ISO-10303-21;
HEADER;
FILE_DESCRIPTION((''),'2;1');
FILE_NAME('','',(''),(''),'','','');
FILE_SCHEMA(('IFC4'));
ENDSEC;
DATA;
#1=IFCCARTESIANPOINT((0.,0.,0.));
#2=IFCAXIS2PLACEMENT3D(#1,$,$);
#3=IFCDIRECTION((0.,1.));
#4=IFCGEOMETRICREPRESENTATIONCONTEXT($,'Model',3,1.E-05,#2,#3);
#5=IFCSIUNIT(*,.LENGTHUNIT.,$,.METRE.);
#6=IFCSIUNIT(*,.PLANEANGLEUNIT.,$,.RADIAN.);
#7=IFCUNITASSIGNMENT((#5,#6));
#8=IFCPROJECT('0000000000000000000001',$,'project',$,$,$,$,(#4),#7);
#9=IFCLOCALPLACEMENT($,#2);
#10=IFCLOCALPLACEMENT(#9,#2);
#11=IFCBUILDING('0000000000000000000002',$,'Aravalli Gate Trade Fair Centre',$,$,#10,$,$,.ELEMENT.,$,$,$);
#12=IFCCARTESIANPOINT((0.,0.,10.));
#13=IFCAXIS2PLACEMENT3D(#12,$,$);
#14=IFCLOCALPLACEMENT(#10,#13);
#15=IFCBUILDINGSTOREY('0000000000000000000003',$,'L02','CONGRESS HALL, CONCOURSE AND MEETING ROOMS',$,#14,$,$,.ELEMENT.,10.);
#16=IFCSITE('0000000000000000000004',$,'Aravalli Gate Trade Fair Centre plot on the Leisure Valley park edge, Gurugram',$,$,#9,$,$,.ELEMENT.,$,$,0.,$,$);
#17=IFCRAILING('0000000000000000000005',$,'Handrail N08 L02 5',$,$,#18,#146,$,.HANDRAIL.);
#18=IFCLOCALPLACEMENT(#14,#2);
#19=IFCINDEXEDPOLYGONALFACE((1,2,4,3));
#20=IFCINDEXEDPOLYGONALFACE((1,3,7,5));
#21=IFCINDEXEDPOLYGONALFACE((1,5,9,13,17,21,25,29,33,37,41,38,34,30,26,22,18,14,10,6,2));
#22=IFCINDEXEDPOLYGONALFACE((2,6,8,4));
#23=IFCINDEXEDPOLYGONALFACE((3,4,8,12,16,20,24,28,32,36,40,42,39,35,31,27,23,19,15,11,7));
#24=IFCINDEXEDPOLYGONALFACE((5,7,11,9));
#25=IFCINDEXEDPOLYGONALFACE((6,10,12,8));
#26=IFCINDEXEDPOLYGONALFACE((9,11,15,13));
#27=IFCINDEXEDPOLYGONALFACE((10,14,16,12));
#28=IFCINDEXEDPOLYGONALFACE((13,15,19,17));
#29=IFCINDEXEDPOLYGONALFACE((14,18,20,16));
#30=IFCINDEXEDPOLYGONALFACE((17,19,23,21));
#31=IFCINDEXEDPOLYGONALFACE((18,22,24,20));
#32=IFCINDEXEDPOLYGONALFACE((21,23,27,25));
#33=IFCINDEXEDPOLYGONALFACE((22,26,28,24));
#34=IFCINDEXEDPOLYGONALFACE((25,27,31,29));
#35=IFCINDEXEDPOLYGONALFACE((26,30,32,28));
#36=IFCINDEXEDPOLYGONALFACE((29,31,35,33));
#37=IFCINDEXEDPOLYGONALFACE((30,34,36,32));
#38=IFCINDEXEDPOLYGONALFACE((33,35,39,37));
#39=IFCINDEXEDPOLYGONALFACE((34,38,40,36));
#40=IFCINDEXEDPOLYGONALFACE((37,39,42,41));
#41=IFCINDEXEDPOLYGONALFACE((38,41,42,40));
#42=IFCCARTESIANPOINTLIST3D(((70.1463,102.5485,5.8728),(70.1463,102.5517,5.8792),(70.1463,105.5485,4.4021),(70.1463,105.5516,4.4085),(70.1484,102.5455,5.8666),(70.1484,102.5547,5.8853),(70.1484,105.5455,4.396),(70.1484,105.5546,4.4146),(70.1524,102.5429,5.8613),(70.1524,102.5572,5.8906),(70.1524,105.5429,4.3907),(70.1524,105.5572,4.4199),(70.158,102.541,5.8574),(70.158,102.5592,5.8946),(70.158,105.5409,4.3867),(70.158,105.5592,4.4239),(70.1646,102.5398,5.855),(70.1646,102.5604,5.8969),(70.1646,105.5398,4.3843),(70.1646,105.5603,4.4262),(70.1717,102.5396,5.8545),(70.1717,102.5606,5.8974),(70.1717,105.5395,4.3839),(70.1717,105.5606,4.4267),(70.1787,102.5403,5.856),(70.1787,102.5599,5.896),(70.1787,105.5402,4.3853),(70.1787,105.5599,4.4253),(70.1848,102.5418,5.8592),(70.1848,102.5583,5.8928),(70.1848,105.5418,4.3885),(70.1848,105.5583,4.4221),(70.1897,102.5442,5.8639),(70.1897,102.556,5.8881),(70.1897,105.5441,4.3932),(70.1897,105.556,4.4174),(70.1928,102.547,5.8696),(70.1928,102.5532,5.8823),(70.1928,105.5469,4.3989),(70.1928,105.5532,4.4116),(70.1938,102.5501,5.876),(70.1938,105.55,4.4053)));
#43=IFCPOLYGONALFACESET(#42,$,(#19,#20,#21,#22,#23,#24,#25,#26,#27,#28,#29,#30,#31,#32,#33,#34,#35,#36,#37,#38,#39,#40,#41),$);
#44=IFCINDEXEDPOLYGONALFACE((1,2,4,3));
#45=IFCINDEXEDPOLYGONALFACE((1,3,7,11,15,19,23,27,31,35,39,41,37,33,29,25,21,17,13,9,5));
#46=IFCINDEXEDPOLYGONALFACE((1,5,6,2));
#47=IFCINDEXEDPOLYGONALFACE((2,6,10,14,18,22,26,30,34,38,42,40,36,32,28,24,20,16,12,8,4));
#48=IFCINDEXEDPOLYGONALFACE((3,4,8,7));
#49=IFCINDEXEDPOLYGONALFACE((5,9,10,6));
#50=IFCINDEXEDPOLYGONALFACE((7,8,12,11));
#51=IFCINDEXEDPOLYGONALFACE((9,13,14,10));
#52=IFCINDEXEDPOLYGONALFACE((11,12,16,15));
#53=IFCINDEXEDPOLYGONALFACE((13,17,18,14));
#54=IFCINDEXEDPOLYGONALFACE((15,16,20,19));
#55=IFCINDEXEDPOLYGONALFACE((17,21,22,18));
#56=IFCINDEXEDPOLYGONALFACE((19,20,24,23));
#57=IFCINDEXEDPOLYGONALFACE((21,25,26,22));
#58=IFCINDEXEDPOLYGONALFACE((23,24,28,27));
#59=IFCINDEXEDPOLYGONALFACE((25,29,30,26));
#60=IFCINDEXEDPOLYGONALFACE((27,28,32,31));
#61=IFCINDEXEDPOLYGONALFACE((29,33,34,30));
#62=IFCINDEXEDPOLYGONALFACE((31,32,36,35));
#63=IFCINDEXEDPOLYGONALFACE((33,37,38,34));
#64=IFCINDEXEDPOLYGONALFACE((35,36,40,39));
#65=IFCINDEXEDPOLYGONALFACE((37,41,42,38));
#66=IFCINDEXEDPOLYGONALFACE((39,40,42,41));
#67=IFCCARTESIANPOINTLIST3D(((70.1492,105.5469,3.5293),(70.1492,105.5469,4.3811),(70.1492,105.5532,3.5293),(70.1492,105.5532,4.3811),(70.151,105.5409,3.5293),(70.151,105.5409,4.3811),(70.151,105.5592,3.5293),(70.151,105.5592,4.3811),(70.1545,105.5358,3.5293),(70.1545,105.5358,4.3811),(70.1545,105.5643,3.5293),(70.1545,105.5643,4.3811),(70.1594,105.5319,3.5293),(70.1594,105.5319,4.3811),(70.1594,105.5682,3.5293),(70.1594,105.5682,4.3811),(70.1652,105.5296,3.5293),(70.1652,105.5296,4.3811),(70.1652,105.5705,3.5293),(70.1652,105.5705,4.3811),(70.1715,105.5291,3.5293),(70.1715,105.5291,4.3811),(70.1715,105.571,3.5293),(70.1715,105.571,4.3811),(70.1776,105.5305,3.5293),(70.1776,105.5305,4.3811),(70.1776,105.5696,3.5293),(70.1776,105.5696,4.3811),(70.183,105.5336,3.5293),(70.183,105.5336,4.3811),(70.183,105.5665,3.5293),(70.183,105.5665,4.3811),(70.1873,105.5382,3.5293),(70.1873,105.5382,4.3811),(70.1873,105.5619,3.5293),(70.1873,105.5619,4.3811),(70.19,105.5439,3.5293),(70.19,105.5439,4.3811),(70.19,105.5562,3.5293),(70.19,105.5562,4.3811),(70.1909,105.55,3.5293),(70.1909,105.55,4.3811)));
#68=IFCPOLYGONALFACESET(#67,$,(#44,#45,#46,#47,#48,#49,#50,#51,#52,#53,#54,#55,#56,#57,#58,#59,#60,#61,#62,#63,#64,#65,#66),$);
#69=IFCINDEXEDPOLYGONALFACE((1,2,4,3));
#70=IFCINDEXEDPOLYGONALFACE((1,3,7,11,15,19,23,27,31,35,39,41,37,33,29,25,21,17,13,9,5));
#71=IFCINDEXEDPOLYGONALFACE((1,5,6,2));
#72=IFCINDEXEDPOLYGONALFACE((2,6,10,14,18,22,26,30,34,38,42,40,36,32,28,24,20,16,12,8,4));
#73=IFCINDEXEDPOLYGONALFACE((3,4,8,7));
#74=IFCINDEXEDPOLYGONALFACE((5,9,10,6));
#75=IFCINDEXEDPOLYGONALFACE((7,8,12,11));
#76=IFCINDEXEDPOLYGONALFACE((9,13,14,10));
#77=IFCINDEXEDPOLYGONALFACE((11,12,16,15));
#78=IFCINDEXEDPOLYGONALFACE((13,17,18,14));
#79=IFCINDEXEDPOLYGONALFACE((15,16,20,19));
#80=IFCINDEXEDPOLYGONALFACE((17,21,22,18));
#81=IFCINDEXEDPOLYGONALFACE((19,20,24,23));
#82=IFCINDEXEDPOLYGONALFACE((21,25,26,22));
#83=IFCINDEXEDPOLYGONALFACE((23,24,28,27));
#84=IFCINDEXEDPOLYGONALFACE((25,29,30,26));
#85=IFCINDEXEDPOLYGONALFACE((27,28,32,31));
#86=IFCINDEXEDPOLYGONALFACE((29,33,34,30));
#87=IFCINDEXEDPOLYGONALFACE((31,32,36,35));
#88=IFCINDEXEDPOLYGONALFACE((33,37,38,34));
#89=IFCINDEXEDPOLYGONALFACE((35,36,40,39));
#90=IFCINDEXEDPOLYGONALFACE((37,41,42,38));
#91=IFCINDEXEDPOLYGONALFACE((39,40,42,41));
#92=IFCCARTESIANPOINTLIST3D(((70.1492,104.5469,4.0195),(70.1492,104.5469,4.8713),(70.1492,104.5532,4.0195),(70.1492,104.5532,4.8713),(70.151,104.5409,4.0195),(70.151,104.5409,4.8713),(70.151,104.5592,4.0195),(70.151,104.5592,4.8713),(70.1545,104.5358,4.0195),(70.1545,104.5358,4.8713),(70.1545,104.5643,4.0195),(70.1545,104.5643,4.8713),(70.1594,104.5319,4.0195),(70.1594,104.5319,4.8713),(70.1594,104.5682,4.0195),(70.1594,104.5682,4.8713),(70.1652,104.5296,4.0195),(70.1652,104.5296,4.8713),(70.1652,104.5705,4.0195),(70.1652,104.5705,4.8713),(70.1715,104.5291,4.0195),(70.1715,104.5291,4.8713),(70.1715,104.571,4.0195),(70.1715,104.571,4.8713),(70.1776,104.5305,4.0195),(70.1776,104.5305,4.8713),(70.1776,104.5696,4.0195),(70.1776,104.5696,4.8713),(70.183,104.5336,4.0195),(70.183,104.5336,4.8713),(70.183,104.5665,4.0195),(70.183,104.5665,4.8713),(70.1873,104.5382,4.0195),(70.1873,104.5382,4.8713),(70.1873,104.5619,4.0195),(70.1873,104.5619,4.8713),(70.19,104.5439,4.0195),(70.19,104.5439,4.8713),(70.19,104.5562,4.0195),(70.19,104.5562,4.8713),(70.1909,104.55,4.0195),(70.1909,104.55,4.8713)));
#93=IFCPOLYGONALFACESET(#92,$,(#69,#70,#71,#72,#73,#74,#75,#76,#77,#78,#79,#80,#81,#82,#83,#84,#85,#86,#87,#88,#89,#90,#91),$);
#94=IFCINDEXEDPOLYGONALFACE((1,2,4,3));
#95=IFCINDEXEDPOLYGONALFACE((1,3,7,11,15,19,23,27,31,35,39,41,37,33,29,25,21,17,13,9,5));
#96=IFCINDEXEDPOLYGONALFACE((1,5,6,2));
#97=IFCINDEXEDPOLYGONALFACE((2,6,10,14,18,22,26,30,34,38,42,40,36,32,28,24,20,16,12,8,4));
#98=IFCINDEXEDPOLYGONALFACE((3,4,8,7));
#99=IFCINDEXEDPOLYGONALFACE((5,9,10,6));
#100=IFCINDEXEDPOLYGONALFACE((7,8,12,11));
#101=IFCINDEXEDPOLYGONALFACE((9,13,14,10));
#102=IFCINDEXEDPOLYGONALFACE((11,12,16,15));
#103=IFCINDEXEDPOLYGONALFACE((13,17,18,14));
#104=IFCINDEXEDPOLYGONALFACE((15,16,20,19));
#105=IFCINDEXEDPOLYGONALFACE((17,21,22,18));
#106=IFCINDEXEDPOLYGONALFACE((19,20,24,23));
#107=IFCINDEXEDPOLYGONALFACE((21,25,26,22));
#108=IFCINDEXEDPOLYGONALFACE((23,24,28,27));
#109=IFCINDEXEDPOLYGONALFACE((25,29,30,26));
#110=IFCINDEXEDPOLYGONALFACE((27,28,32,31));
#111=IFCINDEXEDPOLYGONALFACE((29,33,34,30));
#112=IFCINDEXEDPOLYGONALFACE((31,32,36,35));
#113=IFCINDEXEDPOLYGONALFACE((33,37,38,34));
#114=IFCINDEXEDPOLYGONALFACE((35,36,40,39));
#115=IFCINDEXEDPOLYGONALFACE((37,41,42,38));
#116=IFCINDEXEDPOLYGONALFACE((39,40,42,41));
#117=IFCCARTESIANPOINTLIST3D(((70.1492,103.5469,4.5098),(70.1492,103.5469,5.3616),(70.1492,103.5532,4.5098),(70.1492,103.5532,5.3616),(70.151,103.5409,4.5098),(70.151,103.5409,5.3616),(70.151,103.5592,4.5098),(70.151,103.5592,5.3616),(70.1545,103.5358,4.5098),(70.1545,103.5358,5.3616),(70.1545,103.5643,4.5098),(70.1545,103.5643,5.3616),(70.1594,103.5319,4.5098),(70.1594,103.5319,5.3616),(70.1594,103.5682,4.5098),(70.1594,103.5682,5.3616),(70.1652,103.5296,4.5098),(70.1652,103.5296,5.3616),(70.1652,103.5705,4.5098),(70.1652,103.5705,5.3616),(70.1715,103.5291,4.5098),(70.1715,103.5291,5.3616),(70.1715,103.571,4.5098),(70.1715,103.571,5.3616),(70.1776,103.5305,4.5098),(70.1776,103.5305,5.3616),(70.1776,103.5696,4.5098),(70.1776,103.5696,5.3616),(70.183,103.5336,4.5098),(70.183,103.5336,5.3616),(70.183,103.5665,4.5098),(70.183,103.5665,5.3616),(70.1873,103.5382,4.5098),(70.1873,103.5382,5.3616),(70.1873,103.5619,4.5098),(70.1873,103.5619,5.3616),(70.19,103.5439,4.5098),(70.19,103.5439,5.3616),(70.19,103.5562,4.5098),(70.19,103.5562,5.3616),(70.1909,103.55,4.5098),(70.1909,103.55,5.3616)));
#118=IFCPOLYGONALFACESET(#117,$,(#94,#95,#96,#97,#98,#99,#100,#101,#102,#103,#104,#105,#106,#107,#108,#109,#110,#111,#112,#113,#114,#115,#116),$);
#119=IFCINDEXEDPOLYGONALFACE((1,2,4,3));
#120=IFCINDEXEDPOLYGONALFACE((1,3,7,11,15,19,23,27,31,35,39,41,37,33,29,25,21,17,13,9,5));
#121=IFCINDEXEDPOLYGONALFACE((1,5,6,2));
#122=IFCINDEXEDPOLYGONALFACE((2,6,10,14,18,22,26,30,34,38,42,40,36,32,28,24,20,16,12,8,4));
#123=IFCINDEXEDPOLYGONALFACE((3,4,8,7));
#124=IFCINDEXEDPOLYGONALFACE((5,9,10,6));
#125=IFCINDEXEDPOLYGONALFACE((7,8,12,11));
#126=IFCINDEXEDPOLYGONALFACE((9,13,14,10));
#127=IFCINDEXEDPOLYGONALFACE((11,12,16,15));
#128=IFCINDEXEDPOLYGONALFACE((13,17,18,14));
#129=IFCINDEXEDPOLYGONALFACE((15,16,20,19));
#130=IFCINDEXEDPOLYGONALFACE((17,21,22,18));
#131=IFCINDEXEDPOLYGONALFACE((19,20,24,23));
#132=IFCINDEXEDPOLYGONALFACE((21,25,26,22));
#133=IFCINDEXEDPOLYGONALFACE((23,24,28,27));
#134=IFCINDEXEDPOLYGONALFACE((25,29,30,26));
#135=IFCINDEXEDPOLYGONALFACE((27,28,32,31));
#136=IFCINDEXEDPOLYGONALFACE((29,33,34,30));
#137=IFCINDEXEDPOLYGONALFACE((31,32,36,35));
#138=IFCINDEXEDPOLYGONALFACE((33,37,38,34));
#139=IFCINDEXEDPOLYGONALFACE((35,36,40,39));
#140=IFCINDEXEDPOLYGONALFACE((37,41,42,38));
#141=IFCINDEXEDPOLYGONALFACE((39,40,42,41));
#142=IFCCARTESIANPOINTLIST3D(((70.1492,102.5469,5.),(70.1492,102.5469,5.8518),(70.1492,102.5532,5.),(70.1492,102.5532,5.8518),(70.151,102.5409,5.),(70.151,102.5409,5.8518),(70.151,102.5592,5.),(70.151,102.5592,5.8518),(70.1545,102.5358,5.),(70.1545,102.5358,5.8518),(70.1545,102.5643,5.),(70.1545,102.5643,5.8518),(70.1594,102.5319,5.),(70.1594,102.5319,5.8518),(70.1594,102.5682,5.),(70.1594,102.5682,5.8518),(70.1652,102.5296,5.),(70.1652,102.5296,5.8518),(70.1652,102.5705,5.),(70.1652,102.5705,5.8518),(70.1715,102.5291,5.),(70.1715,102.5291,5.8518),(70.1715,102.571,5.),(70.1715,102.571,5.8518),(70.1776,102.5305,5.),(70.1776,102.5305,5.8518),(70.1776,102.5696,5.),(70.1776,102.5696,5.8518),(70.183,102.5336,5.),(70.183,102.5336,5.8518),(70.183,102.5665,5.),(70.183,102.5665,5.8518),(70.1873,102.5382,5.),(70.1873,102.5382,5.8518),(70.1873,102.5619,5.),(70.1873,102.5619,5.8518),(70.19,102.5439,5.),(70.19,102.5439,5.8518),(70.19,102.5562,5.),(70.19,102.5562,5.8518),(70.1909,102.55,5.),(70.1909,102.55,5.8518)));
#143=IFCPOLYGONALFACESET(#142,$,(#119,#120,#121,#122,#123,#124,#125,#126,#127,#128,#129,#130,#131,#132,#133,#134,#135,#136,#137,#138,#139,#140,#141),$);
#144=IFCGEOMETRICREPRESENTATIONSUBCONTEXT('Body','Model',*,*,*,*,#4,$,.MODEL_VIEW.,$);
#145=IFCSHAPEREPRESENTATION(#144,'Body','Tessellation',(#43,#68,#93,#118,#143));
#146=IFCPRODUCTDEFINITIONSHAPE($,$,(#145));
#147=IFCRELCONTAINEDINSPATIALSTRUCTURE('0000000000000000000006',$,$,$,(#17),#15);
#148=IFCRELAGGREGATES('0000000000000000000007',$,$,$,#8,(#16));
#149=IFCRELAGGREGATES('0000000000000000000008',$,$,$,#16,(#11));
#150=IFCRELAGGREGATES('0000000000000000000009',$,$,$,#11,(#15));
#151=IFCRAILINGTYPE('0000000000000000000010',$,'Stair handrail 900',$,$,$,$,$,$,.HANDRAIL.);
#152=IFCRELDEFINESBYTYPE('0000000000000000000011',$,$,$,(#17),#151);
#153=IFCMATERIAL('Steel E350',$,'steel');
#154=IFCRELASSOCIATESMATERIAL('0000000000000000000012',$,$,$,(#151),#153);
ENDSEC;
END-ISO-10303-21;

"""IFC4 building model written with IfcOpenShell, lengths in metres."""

from ifc_helpers import new_model, si_unit, direction, frame, origin, origin_2d, place, context, subcontext, project, spatial, circle, extrude, material, type_object, element, save


model = new_model("IFC4")

# Units and contexts
model_context = context("Model", 3, precision=1e-05, world=origin(), true_north=direction((0.0, 1.0)))
body_context = subcontext(model_context, "Body", "Model", "MODEL_VIEW")
ifc_project = project(units=[si_unit("LENGTHUNIT", "METRE"), si_unit("PLANEANGLEUNIT", "RADIAN")], contexts=[model_context])

# Site, building, storey
site_placement = place(None, origin())
site = spatial("IfcSite", under=ifc_project, at=site_placement, Name="Aravalli Gate Trade Fair Centre plot on the Leisure Valley park edge, Gurugram", CompositionType="ELEMENT", RefElevation=0.0)
building_placement = place(site_placement, origin())
building = spatial("IfcBuilding", under=site, at=building_placement, Name="Aravalli Gate Trade Fair Centre", CompositionType="ELEMENT")
storey_placement = place(building_placement, frame((0.0, 0.0, 10.0)))
storey = spatial("IfcBuildingStorey", under=building, at=storey_placement, Name="L02", Description="CONGRESS HALL, CONCOURSE AND MEETING ROOMS", CompositionType="ELEMENT", Elevation=10.0)

# Shared definitions
ifc_material_1 = material(Name="Steel E350", Category="steel")

# Railing
railing_type_1 = type_object("IfcRailingType", Name="Stair handrail 900", PredefinedType="HANDRAIL", material=ifc_material_1)
for number, where, name in (
    (1, (70.1699, 105.55, 3.5293), "Handrail N08 L02 5"),
):
    element("IfcRailing", number, at=place(storey_placement, frame(where)), inside=storey, type_object=railing_type_1, Name=name, PredefinedType="HANDRAIL", context=body_context, shape_type="SweptSolid", body=[
        extrude(circle(Radius=0.0239, at=origin_2d()), frame((0.0, 0.0, 0.876), z_axis=(0.0, -0.897907, 0.440185), x_axis=(1.0, 0.0, 0.0)), (0.0, 0.0, 1.0), 3.3411),
        extrude(circle(Radius=0.021, at=origin_2d()), origin(), (0.0, 0.0, 1.0), 0.8518),
        extrude(circle(Radius=0.021, at=origin_2d()), frame((0.0, -1.0, 0.4902)), (0.0, 0.0, 1.0), 0.8518),
        extrude(circle(Radius=0.021, at=origin_2d()), frame((0.0, -2.0, 0.9805)), (0.0, 0.0, 1.0), 0.8518),
        extrude(circle(Radius=0.021, at=origin_2d()), frame((0.0, -3.0, 1.4707)), (0.0, 0.0, 1.0), 0.8518),
    ])

save(model, "model.ifc")
